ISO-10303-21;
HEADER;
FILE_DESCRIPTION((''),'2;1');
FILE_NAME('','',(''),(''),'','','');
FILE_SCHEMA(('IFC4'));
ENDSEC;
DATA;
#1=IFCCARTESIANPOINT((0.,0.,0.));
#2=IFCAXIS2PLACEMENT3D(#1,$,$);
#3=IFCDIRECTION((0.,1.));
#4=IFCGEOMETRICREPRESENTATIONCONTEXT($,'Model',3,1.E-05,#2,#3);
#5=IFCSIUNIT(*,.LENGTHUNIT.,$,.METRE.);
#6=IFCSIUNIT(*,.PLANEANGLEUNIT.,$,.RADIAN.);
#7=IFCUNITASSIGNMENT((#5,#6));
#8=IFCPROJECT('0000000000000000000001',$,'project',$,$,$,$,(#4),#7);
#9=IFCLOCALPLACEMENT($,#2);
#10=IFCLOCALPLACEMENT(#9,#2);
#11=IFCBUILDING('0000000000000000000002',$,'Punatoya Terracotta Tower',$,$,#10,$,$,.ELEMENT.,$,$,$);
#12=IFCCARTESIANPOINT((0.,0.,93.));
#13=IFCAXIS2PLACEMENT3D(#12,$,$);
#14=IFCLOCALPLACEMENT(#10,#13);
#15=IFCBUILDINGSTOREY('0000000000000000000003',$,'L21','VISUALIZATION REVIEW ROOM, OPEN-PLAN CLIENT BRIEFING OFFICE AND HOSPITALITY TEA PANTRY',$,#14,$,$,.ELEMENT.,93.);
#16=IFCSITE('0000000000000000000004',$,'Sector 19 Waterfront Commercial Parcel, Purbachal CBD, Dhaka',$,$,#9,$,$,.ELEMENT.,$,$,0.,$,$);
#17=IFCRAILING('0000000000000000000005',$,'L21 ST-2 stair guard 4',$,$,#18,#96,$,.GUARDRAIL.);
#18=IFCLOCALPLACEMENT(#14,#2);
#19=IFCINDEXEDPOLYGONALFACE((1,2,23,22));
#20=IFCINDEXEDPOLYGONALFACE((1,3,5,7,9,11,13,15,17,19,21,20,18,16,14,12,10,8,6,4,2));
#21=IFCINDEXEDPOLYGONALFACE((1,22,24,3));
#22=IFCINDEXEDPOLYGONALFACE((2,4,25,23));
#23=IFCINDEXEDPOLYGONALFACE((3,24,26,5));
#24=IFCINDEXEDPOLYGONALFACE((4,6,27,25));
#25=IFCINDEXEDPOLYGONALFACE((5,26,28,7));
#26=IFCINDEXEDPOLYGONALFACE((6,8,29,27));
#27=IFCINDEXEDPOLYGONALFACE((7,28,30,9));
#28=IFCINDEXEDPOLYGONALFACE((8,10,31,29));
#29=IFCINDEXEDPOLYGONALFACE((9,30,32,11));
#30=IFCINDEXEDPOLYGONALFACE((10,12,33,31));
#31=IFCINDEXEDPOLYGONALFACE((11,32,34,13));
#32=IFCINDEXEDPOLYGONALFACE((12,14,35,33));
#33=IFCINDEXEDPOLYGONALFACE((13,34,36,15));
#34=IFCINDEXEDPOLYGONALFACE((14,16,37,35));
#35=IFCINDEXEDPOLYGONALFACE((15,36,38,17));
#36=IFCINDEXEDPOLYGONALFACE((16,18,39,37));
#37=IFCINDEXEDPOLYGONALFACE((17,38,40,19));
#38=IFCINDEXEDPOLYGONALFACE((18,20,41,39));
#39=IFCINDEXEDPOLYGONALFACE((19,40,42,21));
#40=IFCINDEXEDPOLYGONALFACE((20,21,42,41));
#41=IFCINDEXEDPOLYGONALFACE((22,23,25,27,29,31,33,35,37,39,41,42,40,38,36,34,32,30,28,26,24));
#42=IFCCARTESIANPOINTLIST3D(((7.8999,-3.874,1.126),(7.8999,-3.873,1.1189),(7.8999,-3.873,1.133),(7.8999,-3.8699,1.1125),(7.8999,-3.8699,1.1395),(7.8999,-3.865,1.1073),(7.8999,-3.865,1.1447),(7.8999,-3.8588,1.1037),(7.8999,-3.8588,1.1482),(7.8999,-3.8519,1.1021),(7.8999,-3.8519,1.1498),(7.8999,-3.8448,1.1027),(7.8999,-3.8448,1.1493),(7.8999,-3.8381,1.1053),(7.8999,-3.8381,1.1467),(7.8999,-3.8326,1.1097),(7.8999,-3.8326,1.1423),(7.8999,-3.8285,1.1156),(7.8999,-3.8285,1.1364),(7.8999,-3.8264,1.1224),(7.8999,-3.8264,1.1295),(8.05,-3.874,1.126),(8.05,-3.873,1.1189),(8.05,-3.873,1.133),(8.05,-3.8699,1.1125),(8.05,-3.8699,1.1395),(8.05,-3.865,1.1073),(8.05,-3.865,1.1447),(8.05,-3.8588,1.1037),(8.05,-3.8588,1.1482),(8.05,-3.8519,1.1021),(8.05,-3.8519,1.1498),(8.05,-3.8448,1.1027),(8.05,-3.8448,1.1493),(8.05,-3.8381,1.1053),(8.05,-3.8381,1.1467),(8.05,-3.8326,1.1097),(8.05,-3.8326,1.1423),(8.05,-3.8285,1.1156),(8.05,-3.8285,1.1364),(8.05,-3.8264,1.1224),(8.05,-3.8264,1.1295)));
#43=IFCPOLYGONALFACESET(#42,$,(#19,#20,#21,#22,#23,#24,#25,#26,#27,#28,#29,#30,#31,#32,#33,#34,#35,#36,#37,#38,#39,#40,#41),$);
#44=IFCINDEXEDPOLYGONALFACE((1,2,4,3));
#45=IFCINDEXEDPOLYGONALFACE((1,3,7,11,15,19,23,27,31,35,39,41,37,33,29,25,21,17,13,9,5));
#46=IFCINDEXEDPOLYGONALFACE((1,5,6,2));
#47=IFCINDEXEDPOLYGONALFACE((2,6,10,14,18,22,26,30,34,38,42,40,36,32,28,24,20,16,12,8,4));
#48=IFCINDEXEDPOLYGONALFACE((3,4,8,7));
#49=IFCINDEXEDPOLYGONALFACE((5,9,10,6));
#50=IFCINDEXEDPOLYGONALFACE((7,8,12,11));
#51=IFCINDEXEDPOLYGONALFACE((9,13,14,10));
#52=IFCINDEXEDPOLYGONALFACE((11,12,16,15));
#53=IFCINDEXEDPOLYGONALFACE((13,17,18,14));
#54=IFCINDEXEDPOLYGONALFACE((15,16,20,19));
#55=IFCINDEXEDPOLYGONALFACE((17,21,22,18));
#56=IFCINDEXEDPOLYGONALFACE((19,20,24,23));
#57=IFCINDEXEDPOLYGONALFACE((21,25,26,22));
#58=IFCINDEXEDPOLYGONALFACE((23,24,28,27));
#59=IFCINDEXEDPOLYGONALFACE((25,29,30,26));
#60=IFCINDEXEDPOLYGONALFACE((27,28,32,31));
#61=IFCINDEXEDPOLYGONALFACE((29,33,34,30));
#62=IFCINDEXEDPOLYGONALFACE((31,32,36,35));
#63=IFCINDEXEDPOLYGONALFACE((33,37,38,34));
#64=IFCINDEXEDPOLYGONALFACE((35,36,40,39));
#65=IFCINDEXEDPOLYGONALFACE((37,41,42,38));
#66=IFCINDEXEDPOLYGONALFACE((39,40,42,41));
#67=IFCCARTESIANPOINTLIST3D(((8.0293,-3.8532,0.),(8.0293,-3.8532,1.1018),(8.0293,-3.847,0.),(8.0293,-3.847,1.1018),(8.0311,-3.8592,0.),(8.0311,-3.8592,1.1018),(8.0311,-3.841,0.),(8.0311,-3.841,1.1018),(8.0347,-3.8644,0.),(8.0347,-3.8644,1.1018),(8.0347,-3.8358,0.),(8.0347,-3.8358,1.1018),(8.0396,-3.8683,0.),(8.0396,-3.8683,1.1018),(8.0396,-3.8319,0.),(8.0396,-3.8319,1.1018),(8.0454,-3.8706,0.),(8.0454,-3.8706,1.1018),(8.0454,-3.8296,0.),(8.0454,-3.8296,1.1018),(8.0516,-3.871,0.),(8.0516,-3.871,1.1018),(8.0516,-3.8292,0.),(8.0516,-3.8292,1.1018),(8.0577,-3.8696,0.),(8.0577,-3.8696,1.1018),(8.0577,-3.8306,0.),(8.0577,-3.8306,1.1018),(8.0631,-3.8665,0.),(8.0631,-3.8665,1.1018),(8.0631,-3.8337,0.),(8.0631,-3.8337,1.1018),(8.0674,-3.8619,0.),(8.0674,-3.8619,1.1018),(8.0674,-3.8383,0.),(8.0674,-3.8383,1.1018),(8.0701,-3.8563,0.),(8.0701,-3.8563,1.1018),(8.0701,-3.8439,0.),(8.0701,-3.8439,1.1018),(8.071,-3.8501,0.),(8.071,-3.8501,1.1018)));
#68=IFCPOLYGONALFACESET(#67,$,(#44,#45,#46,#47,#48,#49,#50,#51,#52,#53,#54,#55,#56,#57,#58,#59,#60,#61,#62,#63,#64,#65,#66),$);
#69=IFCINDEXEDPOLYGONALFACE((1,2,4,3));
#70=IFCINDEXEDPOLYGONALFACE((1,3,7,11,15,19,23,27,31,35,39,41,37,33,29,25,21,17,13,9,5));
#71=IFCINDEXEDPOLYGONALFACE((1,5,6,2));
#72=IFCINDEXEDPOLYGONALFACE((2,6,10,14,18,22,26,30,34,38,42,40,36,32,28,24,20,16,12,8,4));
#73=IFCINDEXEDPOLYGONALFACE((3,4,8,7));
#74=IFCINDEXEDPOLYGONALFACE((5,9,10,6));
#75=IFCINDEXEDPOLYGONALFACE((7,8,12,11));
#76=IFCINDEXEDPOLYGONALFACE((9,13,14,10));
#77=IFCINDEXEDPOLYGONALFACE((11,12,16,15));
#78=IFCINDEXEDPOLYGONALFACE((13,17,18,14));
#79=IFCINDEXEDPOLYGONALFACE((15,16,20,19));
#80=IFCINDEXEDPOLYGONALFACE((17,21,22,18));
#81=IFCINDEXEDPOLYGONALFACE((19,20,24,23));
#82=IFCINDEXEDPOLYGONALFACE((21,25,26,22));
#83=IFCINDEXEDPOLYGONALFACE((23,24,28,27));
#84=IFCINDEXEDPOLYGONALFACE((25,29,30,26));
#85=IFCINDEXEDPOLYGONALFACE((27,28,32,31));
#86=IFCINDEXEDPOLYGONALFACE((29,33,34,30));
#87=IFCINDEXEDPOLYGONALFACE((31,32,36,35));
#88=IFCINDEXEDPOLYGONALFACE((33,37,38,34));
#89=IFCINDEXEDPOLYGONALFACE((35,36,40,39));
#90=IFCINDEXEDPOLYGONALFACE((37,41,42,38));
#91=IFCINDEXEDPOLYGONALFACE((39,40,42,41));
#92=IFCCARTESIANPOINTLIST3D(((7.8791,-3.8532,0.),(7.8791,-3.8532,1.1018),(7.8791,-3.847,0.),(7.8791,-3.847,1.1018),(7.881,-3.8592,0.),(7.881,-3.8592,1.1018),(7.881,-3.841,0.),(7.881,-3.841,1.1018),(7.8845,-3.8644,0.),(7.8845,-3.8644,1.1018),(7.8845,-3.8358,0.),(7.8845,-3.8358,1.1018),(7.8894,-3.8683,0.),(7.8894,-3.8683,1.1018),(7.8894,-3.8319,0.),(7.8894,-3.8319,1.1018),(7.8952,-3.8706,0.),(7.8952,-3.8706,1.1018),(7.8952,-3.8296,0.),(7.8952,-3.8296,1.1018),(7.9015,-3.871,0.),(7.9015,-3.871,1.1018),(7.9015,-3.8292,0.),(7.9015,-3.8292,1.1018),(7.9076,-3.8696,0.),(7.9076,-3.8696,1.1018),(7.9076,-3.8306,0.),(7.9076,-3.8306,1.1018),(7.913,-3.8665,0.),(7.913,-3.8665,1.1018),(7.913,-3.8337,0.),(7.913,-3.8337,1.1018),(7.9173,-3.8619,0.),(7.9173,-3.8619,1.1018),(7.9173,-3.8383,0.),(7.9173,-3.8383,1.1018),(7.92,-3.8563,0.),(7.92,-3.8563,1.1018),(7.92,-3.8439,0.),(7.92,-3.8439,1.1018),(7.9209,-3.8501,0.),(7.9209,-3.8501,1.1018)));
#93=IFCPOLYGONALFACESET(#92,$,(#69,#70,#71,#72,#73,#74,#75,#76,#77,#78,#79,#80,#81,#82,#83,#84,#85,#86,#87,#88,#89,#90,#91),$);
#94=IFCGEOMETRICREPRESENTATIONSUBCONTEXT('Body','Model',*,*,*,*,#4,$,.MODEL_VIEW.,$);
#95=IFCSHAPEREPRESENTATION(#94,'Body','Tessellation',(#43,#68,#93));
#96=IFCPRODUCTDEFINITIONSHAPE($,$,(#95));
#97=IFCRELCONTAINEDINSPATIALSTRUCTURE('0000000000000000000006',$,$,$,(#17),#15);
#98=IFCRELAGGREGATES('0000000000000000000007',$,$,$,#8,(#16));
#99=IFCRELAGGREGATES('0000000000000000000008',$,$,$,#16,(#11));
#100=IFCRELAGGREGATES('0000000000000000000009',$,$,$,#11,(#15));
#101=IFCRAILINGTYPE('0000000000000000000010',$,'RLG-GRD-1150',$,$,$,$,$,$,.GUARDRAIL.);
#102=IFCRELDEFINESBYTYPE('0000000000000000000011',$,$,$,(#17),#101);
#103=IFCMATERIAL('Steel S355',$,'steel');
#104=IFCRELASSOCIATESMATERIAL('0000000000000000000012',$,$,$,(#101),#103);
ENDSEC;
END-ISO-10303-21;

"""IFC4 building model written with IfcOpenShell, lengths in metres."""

from ifc_helpers import new_model, si_unit, direction, frame, origin, origin_2d, place, context, subcontext, project, spatial, circle, extrude, material, type_object, element, save


model = new_model("IFC4")

# Units and contexts
model_context = context("Model", 3, precision=1e-05, world=origin(), true_north=direction((0.0, 1.0)))
body_context = subcontext(model_context, "Body", "Model", "MODEL_VIEW")
ifc_project = project(units=[si_unit("LENGTHUNIT", "METRE"), si_unit("PLANEANGLEUNIT", "RADIAN")], contexts=[model_context])

# Site, building, storey
site_placement = place(None, origin())
site = spatial("IfcSite", under=ifc_project, at=site_placement, Name="Sector 19 Waterfront Commercial Parcel, Purbachal CBD, Dhaka", CompositionType="ELEMENT", RefElevation=0.0)
building_placement = place(site_placement, origin())
building = spatial("IfcBuilding", under=site, at=building_placement, Name="Punatoya Terracotta Tower", CompositionType="ELEMENT")
storey_placement = place(building_placement, frame((0.0, 0.0, 93.0)))
storey = spatial("IfcBuildingStorey", under=building, at=storey_placement, Name="L21", Description="VISUALIZATION REVIEW ROOM, OPEN-PLAN CLIENT BRIEFING OFFICE AND HOSPITALITY TEA PANTRY", CompositionType="ELEMENT", Elevation=93.0)

# Railing
ifc_material_1 = material(Name="Steel S355", Category="steel")
railing_type_1 = type_object("IfcRailingType", Name="RLG-GRD-1150", PredefinedType="GUARDRAIL", material=ifc_material_1)
railing_1_placement = place(storey_placement, frame((8.05, -3.8501, 0.0)))
element("IfcRailing", 1, at=railing_1_placement, inside=storey, type_object=railing_type_1, Name="L21 ST-2 stair guard 4", PredefinedType="GUARDRAIL", context=body_context, shape_type="SweptSolid", body=[
    extrude(circle(Radius=0.0239, at=origin_2d()), frame((0.0, 0.0, 1.126), z_axis=(-1.0, 0.0, 0.0), x_axis=(0.0, -1.0, 0.0)), (0.0, 0.0, 1.0), 0.1501),
    extrude(circle(Radius=0.021, at=origin_2d()), origin(), (0.0, 0.0, 1.0), 1.1018),
    extrude(circle(Radius=0.021, at=origin_2d()), frame((-0.1501, 0.0, 0.0)), (0.0, 0.0, 1.0), 1.1018),
])

save(model, "model.ifc")
